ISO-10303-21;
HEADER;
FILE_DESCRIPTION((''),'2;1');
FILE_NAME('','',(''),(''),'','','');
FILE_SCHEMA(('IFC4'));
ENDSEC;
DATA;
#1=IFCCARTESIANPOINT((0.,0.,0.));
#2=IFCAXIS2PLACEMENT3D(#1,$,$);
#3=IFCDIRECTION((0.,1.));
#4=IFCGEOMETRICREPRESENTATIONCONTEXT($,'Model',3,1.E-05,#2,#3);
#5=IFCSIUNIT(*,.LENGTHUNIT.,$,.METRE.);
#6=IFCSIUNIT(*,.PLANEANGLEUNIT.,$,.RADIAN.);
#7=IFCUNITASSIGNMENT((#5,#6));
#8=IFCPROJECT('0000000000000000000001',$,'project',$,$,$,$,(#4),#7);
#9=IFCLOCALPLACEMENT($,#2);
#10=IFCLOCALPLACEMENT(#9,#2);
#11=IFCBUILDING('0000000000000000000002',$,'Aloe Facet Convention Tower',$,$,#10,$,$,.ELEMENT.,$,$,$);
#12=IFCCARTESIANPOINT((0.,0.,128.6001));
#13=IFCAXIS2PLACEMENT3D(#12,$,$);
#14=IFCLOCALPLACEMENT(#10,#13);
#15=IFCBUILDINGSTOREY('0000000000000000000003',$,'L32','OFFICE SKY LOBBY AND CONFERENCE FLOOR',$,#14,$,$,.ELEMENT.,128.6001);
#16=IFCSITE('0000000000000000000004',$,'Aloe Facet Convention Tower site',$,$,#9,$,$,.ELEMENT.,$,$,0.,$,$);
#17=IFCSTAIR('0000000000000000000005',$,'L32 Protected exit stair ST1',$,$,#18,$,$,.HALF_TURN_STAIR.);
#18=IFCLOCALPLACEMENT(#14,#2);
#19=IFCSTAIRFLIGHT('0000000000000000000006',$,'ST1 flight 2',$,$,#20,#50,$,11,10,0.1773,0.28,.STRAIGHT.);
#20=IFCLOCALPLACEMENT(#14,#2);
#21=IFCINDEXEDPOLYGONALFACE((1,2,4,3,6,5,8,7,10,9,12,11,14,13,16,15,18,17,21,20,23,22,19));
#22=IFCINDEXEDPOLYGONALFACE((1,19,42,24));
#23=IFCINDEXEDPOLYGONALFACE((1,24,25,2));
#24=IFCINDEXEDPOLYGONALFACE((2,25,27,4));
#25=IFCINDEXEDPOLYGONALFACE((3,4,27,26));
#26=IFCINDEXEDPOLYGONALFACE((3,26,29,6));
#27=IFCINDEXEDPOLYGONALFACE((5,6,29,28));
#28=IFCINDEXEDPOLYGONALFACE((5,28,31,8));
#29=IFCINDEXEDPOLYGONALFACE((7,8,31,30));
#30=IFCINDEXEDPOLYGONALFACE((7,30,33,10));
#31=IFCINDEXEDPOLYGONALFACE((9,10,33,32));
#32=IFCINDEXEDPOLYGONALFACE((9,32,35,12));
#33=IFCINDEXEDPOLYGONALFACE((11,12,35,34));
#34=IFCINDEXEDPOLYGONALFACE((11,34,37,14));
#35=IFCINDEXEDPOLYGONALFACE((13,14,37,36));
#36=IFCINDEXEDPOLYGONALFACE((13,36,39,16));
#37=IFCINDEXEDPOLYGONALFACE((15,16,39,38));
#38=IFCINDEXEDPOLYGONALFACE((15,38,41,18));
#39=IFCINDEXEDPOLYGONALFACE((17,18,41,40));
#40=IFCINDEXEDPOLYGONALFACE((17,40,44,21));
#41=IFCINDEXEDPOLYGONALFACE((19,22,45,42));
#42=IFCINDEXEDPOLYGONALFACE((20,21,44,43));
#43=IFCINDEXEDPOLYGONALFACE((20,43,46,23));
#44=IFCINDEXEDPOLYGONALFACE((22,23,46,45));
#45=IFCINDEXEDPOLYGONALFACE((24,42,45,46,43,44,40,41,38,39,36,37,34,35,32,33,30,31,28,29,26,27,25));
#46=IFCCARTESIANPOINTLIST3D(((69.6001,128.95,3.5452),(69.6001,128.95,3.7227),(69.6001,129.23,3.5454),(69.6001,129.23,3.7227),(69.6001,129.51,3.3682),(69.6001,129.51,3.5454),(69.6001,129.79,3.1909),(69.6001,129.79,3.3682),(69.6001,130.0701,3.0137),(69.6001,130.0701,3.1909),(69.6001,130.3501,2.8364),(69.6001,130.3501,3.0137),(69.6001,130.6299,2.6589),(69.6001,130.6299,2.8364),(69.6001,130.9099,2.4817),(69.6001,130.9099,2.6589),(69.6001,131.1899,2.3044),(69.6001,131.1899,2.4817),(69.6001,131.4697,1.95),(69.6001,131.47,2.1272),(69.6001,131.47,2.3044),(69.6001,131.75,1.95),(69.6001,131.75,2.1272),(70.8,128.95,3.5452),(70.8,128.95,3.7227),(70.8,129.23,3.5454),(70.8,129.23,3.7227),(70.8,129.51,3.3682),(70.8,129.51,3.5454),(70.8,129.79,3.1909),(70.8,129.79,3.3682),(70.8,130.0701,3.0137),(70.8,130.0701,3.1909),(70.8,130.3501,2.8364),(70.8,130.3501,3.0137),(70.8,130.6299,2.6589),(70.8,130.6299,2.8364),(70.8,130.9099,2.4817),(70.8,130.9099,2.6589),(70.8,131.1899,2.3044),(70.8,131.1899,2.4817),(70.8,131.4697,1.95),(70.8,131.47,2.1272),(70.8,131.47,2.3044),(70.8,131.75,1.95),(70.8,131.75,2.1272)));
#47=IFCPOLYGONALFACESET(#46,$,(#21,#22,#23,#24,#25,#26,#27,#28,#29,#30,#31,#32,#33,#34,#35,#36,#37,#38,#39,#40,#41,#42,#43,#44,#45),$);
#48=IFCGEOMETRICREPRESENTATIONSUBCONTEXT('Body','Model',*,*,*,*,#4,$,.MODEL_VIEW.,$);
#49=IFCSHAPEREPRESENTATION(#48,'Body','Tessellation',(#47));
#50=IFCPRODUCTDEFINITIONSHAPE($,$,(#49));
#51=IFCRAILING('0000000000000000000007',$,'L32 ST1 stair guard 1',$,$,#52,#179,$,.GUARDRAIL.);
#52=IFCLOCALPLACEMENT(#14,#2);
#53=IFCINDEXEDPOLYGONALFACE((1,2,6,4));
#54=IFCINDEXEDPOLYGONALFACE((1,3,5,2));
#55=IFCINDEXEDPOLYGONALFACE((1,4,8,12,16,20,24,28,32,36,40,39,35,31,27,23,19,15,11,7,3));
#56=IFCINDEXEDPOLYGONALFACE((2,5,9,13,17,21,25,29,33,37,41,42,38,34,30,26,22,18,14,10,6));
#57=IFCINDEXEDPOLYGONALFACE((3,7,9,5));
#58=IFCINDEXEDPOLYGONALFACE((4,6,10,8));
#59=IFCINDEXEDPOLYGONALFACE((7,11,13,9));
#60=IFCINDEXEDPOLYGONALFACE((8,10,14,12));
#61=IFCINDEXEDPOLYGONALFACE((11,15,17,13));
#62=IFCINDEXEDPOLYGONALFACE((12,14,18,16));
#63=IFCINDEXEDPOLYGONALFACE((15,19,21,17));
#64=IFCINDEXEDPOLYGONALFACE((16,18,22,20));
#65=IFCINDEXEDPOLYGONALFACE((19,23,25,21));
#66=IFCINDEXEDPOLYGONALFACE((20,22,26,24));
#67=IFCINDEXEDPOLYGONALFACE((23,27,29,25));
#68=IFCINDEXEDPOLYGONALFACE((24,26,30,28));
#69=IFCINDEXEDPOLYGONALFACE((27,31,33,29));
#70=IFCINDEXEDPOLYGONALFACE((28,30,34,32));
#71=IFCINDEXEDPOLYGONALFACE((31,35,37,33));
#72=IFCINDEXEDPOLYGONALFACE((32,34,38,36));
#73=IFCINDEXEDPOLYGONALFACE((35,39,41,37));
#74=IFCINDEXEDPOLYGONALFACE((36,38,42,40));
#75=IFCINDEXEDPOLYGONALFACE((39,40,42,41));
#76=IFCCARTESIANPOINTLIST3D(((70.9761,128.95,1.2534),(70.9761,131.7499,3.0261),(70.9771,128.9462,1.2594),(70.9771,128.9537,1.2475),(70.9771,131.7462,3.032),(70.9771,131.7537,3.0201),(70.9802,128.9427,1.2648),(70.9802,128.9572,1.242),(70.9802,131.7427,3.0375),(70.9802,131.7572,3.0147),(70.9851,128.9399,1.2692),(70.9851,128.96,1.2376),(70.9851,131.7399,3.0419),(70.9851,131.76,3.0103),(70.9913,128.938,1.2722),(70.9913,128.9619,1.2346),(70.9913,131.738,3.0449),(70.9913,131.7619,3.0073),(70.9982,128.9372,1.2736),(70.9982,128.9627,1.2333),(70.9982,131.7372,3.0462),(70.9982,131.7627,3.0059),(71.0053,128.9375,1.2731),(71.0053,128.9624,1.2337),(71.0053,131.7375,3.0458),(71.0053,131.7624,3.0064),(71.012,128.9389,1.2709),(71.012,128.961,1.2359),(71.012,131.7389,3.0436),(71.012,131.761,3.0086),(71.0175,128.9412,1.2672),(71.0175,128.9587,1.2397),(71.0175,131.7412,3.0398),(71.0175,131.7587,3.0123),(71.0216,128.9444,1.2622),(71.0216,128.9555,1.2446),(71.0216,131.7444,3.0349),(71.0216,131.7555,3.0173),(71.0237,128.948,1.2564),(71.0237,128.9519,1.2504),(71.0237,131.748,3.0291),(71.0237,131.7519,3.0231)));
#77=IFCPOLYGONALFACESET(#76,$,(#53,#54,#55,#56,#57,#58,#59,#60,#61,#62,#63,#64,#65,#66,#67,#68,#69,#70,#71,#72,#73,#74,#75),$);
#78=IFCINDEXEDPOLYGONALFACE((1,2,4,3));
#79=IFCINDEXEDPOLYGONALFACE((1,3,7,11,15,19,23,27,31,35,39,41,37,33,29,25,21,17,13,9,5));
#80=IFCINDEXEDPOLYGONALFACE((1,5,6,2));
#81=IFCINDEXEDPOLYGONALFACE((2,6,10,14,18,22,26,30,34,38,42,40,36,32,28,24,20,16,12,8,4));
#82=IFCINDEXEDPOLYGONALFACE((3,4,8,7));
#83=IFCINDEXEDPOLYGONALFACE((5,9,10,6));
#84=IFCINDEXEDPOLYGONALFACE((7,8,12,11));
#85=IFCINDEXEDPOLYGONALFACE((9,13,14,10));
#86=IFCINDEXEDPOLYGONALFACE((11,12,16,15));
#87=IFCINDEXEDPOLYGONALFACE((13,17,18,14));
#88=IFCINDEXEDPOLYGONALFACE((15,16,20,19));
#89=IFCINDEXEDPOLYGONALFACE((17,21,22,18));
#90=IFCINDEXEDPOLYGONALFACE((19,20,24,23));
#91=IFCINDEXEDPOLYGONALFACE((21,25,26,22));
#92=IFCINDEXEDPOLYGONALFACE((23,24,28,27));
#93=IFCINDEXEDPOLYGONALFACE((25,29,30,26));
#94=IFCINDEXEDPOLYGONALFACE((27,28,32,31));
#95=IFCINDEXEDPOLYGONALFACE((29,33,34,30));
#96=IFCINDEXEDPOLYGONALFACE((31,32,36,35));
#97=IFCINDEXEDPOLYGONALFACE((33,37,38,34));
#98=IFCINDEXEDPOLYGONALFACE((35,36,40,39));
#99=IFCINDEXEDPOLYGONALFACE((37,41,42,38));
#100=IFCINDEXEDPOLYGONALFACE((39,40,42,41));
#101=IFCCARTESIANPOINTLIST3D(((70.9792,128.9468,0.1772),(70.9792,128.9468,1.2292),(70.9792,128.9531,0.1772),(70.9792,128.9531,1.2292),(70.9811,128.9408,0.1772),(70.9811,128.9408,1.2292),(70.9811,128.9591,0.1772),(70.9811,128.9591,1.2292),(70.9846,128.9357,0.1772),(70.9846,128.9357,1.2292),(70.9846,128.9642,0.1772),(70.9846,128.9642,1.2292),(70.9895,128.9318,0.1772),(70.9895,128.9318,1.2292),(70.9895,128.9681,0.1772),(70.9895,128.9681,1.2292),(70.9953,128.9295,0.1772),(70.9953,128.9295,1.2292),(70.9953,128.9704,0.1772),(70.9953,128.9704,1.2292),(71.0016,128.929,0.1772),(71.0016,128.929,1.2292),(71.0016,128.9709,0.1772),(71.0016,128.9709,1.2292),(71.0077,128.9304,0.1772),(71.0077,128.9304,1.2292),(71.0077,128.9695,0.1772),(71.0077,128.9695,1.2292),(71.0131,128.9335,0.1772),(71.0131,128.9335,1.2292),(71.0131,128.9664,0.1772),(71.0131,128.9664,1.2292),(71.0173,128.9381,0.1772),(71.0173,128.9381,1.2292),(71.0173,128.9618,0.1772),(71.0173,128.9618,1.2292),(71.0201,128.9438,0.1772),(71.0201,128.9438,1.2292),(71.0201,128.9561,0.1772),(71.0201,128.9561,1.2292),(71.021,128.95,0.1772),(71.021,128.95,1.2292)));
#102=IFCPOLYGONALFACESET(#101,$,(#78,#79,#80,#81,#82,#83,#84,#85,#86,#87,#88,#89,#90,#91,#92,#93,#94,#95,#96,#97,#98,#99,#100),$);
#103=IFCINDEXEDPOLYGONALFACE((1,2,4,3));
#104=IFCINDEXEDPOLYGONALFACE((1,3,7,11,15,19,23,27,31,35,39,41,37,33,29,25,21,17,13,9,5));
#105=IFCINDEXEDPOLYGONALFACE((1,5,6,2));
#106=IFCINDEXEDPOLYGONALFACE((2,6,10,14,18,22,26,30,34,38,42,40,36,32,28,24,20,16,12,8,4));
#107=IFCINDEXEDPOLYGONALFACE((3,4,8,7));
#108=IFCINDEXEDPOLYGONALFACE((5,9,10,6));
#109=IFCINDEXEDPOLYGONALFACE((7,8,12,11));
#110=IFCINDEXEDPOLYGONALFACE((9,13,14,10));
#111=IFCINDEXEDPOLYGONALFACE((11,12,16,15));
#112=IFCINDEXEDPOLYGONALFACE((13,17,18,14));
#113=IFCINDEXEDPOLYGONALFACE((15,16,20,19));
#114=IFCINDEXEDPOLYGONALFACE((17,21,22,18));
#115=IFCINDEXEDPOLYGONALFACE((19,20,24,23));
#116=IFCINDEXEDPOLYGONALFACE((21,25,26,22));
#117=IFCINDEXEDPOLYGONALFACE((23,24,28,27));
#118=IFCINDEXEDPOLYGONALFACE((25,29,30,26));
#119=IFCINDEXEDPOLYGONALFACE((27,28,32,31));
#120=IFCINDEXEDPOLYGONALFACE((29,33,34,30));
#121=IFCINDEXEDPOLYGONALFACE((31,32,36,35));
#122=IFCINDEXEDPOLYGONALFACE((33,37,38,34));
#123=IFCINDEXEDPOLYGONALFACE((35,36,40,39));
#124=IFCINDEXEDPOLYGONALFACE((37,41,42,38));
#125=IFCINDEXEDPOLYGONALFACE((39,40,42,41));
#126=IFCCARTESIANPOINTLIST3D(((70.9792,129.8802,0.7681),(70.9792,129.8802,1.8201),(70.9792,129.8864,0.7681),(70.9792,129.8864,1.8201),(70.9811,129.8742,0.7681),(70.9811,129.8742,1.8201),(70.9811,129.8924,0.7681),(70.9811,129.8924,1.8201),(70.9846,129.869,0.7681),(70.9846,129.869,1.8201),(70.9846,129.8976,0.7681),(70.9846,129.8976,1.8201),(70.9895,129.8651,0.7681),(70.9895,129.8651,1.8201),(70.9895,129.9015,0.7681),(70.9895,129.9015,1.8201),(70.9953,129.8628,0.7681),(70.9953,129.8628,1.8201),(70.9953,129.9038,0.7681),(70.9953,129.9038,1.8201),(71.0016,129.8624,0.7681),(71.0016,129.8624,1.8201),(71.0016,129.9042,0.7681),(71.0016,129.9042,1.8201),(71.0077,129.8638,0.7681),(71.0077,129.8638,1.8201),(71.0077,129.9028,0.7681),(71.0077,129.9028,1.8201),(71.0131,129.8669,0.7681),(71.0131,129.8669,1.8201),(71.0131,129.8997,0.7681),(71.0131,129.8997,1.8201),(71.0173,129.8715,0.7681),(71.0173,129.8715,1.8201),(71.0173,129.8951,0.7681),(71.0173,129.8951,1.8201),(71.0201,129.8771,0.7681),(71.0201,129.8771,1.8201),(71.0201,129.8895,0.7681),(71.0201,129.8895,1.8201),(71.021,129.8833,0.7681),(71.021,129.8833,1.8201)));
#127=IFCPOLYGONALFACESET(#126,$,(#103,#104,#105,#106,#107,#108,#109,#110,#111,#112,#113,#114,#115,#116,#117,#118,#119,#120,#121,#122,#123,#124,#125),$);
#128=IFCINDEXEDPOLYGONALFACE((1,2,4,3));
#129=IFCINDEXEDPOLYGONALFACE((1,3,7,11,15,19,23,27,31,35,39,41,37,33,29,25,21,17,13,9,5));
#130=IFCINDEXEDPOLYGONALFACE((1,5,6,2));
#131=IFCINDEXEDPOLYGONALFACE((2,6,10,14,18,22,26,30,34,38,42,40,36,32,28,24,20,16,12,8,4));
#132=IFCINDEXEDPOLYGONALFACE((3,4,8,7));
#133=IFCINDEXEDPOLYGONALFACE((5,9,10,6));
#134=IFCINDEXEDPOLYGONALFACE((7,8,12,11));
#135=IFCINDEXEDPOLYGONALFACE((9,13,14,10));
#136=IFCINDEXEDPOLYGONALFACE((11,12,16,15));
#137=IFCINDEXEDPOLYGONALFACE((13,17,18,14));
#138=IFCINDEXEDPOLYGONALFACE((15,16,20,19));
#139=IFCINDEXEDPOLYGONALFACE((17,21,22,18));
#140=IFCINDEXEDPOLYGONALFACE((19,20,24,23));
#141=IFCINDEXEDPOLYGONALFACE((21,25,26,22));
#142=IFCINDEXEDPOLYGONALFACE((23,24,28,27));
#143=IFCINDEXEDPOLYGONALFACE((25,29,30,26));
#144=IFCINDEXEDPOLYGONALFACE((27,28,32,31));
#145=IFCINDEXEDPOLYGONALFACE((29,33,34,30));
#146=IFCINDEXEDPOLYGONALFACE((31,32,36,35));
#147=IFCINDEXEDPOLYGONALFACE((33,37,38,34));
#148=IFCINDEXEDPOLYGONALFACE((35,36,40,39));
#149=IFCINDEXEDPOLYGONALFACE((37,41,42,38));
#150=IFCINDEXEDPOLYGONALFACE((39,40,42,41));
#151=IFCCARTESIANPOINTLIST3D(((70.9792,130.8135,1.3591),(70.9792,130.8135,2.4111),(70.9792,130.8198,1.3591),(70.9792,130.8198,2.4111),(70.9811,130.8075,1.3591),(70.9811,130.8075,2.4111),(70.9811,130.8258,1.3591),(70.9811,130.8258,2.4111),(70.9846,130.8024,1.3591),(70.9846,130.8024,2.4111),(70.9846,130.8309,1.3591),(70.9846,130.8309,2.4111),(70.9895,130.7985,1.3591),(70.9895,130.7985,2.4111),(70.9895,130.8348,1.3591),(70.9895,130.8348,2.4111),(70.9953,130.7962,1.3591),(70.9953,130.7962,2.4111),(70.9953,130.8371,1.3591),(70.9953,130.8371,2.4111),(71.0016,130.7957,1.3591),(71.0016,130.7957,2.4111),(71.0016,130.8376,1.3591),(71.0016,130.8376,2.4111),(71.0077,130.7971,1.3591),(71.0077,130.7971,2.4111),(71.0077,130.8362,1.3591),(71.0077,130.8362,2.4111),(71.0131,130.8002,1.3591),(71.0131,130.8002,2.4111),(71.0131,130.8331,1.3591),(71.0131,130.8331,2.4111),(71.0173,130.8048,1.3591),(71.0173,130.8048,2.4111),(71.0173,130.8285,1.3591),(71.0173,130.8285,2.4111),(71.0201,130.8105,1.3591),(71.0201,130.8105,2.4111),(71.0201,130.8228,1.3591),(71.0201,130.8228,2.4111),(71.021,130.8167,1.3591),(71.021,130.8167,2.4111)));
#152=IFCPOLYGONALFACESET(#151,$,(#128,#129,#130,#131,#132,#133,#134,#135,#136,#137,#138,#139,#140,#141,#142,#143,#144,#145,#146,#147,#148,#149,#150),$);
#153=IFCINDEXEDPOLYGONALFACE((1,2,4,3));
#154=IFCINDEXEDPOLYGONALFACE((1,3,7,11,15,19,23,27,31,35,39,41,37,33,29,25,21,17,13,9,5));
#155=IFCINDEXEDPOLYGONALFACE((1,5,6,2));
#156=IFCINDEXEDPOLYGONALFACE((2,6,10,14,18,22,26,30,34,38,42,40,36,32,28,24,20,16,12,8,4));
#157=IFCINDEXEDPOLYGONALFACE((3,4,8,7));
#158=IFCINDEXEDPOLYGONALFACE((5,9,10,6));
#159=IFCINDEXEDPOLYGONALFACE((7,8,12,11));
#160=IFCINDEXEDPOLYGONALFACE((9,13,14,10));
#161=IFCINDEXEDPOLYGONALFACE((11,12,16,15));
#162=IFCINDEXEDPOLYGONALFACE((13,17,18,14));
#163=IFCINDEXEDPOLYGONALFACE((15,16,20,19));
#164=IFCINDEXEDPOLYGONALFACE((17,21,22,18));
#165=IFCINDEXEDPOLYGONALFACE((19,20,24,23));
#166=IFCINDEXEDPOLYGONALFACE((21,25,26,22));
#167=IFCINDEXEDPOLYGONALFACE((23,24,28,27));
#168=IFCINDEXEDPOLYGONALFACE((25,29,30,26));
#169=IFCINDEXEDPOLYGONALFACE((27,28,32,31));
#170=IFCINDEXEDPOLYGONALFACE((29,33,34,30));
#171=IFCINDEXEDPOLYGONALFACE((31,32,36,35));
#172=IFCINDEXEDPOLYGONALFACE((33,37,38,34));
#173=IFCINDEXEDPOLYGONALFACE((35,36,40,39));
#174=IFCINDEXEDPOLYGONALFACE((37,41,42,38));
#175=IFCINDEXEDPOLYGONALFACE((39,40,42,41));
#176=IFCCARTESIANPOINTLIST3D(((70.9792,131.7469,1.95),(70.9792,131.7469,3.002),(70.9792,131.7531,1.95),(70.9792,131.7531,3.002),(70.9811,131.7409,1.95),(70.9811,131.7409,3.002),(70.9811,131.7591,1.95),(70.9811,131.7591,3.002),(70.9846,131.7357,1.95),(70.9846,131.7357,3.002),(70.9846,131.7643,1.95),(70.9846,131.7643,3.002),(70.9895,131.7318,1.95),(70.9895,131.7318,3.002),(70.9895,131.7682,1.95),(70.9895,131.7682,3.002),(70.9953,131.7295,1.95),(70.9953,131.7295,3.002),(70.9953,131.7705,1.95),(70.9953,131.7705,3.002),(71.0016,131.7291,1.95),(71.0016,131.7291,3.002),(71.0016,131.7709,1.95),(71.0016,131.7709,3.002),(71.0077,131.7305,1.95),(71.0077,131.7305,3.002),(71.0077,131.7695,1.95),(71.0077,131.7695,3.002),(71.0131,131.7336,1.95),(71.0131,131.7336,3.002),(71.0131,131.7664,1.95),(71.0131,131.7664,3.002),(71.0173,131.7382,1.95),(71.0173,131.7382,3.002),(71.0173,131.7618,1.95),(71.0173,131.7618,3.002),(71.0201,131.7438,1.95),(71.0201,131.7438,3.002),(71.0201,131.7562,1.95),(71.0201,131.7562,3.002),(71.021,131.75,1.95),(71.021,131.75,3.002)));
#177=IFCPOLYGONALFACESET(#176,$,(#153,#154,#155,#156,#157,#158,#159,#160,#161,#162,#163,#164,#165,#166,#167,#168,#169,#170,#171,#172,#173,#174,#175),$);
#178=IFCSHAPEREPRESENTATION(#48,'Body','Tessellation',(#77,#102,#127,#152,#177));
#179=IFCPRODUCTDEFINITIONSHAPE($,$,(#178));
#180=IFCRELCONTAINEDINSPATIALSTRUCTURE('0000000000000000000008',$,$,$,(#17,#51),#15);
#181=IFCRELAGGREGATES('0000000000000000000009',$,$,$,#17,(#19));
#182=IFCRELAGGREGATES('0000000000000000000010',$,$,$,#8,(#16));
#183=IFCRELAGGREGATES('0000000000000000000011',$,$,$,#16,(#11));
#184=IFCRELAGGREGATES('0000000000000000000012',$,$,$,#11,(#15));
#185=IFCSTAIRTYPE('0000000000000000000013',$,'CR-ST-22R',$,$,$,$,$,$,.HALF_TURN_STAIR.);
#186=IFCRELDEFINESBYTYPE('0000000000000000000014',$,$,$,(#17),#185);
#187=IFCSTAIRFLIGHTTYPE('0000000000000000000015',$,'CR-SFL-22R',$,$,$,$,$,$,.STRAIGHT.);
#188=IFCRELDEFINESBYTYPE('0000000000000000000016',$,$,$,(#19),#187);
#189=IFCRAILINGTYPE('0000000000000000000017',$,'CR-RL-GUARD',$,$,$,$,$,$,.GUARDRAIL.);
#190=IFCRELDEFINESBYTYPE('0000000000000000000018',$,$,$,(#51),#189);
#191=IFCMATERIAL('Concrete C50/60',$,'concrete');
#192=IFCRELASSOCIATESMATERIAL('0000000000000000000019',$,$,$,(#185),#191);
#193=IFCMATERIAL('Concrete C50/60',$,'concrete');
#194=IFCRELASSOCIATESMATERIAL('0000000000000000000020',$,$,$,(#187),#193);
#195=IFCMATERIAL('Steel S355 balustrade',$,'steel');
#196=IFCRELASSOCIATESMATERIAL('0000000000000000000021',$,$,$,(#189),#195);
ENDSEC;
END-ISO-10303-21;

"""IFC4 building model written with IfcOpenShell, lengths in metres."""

from ifc_helpers import new_model, si_unit, direction, frame, origin, origin_2d, place, context, subcontext, project, spatial, polyline, circle, outline, extrude, material, type_object, element, aggregate, save


model = new_model("IFC4")

# Units and contexts
model_context = context("Model", 3, precision=1e-05, world=origin(), true_north=direction((0.0, 1.0)))
body_context = subcontext(model_context, "Body", "Model", "MODEL_VIEW")
ifc_project = project(units=[si_unit("LENGTHUNIT", "METRE"), si_unit("PLANEANGLEUNIT", "RADIAN")], contexts=[model_context])

# Site, building, storey
site_placement = place(None, origin())
site = spatial("IfcSite", under=ifc_project, at=site_placement, Name="Aloe Facet Convention Tower site", CompositionType="ELEMENT", RefElevation=0.0)
building_placement = place(site_placement, origin())
building = spatial("IfcBuilding", under=site, at=building_placement, Name="Aloe Facet Convention Tower", CompositionType="ELEMENT")
storey_placement = place(building_placement, frame((0.0, 0.0, 128.6001)))
storey = spatial("IfcBuildingStorey", under=building, at=storey_placement, Name="L32", Description="OFFICE SKY LOBBY AND CONFERENCE FLOOR", CompositionType="ELEMENT", Elevation=128.6001)

# Stair, stair flight
ifc_material_1 = material(Name="Concrete C50/60", Category="concrete")
stair_type = type_object("IfcStairType", Name="CR-ST-22R", PredefinedType="HALF_TURN_STAIR", material=ifc_material_1)
stair_placement = place(storey_placement, origin())
stair = element("IfcStair", 1, at=stair_placement, inside=storey, type_object=stair_type, Name="L32 Protected exit stair ST1", PredefinedType="HALF_TURN_STAIR")
ifc_material_2 = material(Name="Concrete C50/60", Category="concrete")
stair_flight_type = type_object("IfcStairFlightType", Name="CR-SFL-22R", PredefinedType="STRAIGHT", material=ifc_material_2)
stair_flight_1_placement = place(storey_placement, frame((70.2, 131.75, 1.95), z_axis=(0.0, 0.0, 1.0), x_axis=(0.0, -1.0, 0.0)))
stair_flight_1 = element("IfcStairFlight", 2, at=stair_flight_1_placement, type_object=stair_flight_type, Name="ST1 flight 2", NumberOfRisers=11, NumberOfTreads=10, PredefinedType="STRAIGHT", RiserHeight=0.1773, TreadLength=0.28, context=body_context, shape_type="SweptSolid", body=[
    extrude(outline(polyline([(0.0, 0.0), (0.0, 0.1772), (0.28, 0.1772), (0.28, 0.3545), (0.5601, 0.3545), (0.5601, 0.5317), (0.8401, 0.5317), (0.8401, 0.709), (1.1201, 0.709), (1.1201, 0.8865), (1.3999, 0.8865), (1.3999, 1.0637), (1.6799, 1.0637), (1.6799, 1.241), (1.96, 1.241), (1.96, 1.4182), (2.24, 1.4182), (2.24, 1.5955), (2.52, 1.5955), (2.52, 1.7727), (2.8, 1.7727), (2.8, 1.95), (2.8, 1.5952), (0.2803, 0.0), (0.0, 0.0)])), frame((0.0, 0.6001, 0.0), z_axis=(0.0, -1.0, 0.0), x_axis=(1.0, 0.0, 0.0)), (0.0, 0.0, 1.0), 1.2),
])
aggregate(stair, [stair_flight_1])

# Railing
ifc_material_3 = material(Name="Steel S355 balustrade", Category="steel")
railing_type_1 = type_object("IfcRailingType", Name="CR-RL-GUARD", PredefinedType="GUARDRAIL", material=ifc_material_3)
railing_1_placement = place(storey_placement, frame((71.0, 128.95, 0.1772)))
element("IfcRailing", 3, at=railing_1_placement, inside=storey, type_object=railing_type_1, Name="L32 ST1 stair guard 1", PredefinedType="GUARDRAIL", context=body_context, shape_type="SweptSolid", body=[
    extrude(circle(Radius=0.0239, at=origin_2d()), frame((0.0, 0.0, 1.0762), z_axis=(0.0, 0.844909, 0.53491), x_axis=(-1.0, 0.0, 0.0)), (0.0, 0.0, 1.0), 3.314),
    extrude(circle(Radius=0.021, at=origin_2d()), origin(), (0.0, 0.0, 1.0), 1.052),
    extrude(circle(Radius=0.021, at=origin_2d()), frame((0.0, 0.9333, 0.5908)), (0.0, 0.0, 1.0), 1.052),
    extrude(circle(Radius=0.021, at=origin_2d()), frame((0.0, 1.8667, 1.1819)), (0.0, 0.0, 1.0), 1.052),
    extrude(circle(Radius=0.021, at=origin_2d()), frame((0.0, 2.8, 1.7727)), (0.0, 0.0, 1.0), 1.052),
])

save(model, "model.ifc")
